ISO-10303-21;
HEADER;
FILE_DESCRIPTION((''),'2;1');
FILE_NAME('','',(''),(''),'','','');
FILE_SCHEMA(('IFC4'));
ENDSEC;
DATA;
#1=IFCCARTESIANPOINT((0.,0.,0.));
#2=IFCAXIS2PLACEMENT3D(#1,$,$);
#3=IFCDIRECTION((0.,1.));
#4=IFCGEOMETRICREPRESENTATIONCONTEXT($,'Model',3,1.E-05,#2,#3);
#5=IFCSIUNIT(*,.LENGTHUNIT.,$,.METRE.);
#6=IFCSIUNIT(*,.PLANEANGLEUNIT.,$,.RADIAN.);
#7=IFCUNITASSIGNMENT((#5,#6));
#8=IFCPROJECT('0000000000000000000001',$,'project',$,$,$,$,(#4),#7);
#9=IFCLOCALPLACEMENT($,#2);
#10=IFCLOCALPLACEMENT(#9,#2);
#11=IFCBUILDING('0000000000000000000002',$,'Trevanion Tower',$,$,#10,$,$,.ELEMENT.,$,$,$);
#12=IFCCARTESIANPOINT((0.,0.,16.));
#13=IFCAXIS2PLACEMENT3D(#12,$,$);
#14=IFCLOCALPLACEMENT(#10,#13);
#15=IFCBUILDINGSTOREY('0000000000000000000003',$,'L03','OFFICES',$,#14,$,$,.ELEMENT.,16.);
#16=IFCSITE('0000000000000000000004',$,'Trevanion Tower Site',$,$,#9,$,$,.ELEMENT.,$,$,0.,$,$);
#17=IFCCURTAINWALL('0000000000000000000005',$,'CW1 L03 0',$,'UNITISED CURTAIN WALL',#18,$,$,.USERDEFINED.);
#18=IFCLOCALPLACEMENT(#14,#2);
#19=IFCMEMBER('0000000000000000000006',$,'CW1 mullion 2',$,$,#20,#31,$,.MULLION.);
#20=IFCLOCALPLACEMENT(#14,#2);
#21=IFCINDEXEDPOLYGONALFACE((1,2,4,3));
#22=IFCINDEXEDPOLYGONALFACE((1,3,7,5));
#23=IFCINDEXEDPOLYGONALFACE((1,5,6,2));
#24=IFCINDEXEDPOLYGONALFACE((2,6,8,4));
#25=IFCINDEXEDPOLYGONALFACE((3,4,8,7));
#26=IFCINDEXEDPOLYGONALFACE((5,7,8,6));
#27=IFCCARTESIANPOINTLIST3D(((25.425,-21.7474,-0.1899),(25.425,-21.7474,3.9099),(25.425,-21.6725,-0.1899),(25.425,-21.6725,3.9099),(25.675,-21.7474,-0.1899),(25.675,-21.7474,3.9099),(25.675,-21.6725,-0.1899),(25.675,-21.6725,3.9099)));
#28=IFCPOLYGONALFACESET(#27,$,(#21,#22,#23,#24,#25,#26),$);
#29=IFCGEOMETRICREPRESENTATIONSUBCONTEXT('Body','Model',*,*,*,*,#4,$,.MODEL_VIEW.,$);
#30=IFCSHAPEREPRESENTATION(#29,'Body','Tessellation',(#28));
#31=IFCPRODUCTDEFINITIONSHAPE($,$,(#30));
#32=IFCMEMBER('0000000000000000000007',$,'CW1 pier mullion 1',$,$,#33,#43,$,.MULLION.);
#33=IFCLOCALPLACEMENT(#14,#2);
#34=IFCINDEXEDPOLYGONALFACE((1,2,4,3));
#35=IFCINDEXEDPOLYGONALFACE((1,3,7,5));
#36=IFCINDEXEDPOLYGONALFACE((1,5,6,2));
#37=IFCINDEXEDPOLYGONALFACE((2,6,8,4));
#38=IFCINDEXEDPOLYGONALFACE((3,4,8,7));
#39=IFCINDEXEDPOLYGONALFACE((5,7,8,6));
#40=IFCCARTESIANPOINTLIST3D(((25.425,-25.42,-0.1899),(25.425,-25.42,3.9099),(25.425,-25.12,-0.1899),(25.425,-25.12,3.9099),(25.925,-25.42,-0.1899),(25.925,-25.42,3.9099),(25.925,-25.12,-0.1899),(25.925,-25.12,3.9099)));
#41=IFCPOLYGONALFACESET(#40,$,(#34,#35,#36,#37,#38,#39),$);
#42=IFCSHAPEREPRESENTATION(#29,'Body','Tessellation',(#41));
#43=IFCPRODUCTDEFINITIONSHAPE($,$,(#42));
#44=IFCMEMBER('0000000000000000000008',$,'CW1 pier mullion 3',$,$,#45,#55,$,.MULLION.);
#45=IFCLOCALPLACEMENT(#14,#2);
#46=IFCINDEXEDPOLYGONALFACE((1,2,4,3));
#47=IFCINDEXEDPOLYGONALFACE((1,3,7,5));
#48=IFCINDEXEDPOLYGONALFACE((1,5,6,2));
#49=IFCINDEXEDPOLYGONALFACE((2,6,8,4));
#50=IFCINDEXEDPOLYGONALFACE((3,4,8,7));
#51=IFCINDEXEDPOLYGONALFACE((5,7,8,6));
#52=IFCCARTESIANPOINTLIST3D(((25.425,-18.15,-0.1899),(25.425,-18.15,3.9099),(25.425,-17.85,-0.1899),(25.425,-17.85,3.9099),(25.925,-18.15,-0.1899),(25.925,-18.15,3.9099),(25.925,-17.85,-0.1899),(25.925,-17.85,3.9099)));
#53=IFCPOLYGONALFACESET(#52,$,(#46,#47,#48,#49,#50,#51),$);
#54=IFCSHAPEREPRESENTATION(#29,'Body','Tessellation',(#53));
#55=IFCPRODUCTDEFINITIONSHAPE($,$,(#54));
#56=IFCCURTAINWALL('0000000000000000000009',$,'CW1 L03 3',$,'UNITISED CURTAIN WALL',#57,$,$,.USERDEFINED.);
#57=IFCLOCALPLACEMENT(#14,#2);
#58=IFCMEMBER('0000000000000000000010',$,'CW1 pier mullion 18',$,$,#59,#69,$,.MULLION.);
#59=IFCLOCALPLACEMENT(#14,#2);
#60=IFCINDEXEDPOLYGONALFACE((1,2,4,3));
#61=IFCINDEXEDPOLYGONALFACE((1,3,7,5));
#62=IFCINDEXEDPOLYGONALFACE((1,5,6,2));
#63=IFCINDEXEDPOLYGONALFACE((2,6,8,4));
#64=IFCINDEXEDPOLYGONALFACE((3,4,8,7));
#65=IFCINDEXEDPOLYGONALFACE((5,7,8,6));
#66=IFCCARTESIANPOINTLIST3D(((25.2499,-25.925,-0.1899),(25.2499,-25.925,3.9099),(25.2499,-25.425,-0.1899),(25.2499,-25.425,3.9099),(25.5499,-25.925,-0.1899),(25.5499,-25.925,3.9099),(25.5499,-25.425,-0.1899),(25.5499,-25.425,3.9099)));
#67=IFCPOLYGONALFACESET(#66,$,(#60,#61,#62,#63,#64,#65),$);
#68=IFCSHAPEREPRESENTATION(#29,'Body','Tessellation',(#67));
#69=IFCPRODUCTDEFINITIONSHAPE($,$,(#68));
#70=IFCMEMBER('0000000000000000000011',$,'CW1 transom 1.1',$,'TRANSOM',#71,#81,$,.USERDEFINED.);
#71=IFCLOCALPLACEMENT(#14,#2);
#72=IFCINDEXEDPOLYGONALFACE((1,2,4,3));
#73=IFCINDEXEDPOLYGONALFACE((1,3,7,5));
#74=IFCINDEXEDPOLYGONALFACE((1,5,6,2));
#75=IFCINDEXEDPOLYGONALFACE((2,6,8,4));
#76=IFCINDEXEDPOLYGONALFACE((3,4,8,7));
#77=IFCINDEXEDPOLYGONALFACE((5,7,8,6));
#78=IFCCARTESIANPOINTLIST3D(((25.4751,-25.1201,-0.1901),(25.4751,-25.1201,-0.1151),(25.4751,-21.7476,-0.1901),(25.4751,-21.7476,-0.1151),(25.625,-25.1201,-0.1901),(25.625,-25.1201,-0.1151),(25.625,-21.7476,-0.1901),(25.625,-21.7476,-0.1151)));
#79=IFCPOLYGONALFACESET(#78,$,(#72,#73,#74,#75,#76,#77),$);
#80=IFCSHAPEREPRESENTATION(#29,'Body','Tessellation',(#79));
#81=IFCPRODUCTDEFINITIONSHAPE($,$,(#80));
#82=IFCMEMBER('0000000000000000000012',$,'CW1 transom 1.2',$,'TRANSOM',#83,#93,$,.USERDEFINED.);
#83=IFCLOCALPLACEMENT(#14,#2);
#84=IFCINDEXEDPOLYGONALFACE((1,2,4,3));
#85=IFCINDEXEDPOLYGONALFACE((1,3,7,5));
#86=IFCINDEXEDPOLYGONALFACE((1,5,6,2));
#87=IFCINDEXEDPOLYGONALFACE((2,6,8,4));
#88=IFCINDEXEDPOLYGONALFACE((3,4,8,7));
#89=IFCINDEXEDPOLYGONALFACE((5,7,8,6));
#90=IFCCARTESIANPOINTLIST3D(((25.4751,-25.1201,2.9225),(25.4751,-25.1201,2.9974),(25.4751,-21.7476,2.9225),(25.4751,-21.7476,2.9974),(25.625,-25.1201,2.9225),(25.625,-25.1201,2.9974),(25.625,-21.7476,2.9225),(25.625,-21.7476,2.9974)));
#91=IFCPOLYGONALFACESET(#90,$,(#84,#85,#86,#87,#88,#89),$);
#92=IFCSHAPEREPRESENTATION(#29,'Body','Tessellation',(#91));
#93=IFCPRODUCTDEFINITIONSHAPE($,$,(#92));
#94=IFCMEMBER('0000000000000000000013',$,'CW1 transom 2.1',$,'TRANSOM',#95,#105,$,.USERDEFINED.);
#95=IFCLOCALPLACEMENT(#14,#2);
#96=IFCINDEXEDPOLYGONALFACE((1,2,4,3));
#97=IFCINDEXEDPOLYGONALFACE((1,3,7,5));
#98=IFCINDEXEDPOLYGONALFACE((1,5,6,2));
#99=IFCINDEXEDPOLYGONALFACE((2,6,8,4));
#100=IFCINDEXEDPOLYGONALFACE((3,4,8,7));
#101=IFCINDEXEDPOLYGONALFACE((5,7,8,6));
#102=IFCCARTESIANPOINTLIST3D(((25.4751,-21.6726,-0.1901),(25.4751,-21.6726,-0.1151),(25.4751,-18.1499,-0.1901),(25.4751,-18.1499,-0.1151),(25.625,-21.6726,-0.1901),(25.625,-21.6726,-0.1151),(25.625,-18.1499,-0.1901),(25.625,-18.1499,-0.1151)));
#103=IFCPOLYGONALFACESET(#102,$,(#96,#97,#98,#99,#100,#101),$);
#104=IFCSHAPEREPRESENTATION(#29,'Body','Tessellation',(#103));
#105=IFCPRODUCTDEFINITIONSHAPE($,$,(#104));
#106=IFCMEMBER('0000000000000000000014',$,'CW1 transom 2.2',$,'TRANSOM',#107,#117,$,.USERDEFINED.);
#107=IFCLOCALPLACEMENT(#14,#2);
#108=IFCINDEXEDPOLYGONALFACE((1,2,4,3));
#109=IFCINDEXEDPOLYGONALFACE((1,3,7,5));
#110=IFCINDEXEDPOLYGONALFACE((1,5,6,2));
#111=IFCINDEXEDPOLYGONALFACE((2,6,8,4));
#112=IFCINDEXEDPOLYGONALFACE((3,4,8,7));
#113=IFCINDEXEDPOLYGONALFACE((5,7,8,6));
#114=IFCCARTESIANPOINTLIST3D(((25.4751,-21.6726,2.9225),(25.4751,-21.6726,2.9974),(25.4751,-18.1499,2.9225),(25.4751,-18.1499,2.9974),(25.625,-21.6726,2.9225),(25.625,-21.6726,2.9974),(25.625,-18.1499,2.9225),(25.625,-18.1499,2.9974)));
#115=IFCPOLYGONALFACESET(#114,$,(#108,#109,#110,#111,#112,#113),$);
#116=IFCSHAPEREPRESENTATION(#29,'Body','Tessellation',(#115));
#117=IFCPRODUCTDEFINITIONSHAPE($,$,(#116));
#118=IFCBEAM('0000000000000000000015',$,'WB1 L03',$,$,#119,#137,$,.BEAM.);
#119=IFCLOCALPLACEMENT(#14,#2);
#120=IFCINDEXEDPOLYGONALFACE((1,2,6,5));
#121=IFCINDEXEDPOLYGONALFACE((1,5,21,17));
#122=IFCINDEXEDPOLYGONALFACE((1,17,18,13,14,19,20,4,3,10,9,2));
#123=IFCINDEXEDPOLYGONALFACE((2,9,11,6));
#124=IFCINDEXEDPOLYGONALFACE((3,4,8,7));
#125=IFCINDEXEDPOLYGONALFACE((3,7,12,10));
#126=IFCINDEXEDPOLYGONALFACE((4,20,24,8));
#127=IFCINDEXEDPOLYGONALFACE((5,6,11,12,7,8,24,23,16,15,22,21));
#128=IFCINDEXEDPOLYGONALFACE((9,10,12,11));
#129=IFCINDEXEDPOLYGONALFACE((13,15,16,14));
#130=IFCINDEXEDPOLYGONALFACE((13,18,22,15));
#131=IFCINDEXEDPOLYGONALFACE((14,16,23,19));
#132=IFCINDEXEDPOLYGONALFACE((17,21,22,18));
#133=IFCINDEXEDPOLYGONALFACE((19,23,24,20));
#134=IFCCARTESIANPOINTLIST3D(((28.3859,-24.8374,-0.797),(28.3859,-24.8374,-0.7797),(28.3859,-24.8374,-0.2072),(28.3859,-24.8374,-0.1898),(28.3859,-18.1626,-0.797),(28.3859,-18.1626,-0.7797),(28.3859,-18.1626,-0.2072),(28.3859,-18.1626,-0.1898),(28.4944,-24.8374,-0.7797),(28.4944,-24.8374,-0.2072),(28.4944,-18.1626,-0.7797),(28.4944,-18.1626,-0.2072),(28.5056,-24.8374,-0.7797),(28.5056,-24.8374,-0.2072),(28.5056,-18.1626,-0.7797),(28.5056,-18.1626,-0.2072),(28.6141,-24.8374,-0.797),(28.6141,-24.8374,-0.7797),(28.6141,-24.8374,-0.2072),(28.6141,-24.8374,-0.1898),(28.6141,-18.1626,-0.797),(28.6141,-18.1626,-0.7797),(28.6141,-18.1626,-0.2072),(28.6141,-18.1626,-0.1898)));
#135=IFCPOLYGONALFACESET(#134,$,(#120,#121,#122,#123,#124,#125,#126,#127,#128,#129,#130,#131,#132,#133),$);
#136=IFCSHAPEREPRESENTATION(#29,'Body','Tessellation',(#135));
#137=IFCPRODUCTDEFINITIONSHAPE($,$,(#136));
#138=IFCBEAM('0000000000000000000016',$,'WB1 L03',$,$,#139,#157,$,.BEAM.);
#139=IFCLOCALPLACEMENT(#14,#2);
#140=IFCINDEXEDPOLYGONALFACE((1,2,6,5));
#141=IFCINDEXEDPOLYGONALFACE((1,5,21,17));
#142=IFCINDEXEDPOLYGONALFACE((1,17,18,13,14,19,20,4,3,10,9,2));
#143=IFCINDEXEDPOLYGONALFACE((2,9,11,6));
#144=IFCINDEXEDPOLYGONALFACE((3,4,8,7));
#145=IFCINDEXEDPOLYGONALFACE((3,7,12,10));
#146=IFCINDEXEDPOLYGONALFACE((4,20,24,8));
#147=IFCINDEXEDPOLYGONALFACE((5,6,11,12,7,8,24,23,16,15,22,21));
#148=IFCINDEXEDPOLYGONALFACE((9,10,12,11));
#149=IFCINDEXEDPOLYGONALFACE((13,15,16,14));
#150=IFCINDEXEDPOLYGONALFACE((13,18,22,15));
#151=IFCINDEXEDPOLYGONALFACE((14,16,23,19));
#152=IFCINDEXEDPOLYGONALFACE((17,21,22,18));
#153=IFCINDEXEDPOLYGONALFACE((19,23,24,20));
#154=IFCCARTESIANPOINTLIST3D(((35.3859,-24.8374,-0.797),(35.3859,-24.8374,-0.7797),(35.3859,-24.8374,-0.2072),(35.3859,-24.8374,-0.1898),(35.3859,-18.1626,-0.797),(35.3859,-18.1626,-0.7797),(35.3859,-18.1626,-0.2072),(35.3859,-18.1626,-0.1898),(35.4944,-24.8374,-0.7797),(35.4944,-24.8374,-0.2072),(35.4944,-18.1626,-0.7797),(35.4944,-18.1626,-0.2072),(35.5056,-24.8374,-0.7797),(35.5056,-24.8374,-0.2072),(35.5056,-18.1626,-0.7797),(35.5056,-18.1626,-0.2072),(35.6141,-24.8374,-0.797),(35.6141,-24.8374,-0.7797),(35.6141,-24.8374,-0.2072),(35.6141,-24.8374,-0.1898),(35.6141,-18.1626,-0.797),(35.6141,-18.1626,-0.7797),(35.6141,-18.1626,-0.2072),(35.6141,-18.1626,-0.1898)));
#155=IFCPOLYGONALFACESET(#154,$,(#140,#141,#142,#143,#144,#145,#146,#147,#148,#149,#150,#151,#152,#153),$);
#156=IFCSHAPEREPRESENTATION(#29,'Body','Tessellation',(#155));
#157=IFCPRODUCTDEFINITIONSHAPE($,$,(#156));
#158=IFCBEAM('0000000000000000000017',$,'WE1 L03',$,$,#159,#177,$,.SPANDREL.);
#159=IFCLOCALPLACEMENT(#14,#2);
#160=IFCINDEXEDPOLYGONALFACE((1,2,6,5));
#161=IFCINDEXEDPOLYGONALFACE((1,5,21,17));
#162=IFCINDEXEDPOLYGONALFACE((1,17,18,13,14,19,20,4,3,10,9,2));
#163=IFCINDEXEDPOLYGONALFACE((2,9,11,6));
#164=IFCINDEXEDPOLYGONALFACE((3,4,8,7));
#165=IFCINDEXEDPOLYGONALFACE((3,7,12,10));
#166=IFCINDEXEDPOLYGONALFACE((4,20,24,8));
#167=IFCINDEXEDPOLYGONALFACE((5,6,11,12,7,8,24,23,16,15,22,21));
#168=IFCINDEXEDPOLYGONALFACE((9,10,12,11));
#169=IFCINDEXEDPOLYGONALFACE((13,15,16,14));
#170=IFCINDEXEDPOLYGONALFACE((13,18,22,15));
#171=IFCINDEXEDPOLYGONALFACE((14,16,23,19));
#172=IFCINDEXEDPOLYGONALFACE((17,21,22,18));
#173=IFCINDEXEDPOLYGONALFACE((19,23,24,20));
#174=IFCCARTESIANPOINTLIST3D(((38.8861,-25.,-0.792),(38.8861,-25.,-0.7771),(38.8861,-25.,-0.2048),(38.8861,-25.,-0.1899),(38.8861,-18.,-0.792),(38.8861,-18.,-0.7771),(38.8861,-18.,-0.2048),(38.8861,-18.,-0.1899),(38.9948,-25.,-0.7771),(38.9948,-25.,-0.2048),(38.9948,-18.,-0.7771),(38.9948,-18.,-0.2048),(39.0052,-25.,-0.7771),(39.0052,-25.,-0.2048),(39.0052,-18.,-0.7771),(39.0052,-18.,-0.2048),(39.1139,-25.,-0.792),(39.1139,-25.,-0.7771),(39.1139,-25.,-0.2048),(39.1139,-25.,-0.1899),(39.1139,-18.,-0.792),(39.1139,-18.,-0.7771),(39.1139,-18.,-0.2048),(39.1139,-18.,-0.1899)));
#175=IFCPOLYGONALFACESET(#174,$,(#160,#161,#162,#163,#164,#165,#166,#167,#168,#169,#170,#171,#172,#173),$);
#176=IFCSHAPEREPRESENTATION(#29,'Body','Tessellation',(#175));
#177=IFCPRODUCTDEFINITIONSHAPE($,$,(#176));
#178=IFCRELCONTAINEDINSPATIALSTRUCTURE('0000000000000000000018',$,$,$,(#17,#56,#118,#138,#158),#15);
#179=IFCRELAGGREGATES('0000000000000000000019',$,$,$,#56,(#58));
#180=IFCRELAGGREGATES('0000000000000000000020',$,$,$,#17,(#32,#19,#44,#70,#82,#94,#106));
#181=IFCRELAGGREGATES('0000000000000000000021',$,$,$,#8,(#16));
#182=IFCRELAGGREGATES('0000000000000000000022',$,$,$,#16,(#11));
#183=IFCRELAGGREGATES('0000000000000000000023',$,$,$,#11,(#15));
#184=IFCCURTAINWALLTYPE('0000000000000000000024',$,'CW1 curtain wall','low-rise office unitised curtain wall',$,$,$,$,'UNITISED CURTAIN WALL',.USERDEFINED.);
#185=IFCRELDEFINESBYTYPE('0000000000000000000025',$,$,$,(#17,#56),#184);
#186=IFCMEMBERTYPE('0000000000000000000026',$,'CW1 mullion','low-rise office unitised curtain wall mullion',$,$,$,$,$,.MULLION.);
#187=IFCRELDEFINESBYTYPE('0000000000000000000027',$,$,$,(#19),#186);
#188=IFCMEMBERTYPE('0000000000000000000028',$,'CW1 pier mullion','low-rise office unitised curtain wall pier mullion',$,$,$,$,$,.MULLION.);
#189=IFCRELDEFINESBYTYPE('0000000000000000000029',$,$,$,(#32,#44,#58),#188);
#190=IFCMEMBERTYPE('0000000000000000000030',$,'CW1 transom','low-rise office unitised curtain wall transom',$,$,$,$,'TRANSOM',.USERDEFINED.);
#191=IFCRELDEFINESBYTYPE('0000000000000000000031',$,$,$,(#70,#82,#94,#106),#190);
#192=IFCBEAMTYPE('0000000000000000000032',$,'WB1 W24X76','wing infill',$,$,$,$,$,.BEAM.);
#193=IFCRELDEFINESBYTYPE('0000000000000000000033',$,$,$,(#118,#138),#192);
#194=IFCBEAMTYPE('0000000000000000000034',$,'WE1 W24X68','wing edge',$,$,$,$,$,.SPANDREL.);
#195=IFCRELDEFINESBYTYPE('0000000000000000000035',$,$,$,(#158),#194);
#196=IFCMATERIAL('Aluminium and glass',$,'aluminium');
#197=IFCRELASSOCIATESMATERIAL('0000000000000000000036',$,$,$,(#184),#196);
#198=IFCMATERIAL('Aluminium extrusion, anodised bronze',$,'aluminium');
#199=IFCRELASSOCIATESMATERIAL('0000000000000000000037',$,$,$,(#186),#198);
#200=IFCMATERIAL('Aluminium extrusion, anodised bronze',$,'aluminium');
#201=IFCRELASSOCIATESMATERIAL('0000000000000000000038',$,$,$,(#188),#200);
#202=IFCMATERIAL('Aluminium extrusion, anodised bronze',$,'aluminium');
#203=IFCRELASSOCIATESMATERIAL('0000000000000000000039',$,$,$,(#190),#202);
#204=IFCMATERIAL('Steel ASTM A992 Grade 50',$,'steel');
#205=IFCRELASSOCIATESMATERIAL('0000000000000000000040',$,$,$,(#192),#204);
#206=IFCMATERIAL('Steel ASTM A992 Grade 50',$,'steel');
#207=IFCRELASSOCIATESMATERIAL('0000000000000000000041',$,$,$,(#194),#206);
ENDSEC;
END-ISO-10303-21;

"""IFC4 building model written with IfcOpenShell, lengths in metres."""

from ifc_helpers import new_model, si_unit, direction, frame, origin, origin_2d, place, context, subcontext, project, spatial, rectangle, i_section, extrude, material, material_profile, profile_set, type_object, element, aggregate, save


model = new_model("IFC4")

# Units and contexts
model_context = context("Model", 3, precision=1e-05, world=origin(), true_north=direction((0.0, 1.0)))
body_context = subcontext(model_context, "Body", "Model", "MODEL_VIEW")
ifc_project = project(units=[si_unit("LENGTHUNIT", "METRE"), si_unit("PLANEANGLEUNIT", "RADIAN")], contexts=[model_context])

# Site, building, storey
site_placement = place(None, origin())
site = spatial("IfcSite", under=ifc_project, at=site_placement, Name="Trevanion Tower Site", CompositionType="ELEMENT", RefElevation=0.0)
building_placement = place(site_placement, origin())
building = spatial("IfcBuilding", under=site, at=building_placement, Name="Trevanion Tower", CompositionType="ELEMENT")
storey_placement = place(building_placement, frame((0.0, 0.0, 16.0)))
storey = spatial("IfcBuildingStorey", under=building, at=storey_placement, Name="L03", Description="OFFICES", CompositionType="ELEMENT", Elevation=16.0)

# Curtain wall, members
ifc_material_1 = material(Name="Aluminium and glass", Category="aluminium")
curtain_wall_type = type_object("IfcCurtainWallType", Name="CW1 curtain wall", Description="low-rise office unitised curtain wall", ElementType="UNITISED CURTAIN WALL", PredefinedType="USERDEFINED", material=ifc_material_1)
curtain_wall_1_placement = place(storey_placement, origin())
curtain_wall_1 = element("IfcCurtainWall", 1, at=curtain_wall_1_placement, inside=storey, type_object=curtain_wall_type, Name="CW1 L03 0", ObjectType="UNITISED CURTAIN WALL", PredefinedType="USERDEFINED")
ifc_material_2 = material(Name="Aluminium extrusion, anodised bronze", Category="aluminium")
ifc_material_profile_1 = material_profile(ifc_material_2, rectangle(XDim=0.075, YDim=0.25, at=origin_2d()), Name="CW1 mullion")
ifc_profile_set_1 = profile_set([ifc_material_profile_1], Name="Aluminium extrusion, anodised bronze")
member_type_1 = type_object("IfcMemberType", Name="CW1 mullion", Description="low-rise office unitised curtain wall mullion", PredefinedType="MULLION", material=ifc_profile_set_1)
member_1_placement = place(storey_placement, frame((25.55, -21.71, -0.1899), z_axis=(0.0, 0.0, 1.0), x_axis=(0.0, 1.0, 0.0)))
member_1 = element("IfcMember", 2, at=member_1_placement, type_object=member_type_1, Name="CW1 mullion 2", PredefinedType="MULLION", context=body_context, shape_type="SweptSolid", body=[
    extrude(rectangle(XDim=0.075, YDim=0.25, at=origin_2d()), origin(), (0.0, 0.0, 1.0), 4.0999),
])
ifc_material_3 = material(Name="Aluminium extrusion, anodised bronze", Category="aluminium")
ifc_material_profile_2 = material_profile(ifc_material_3, rectangle(XDim=0.3, YDim=0.5, at=origin_2d()), Name="CW1 pier mullion")
ifc_profile_set_2 = profile_set([ifc_material_profile_2], Name="Aluminium extrusion, anodised bronze")
member_type_2 = type_object("IfcMemberType", Name="CW1 pier mullion", Description="low-rise office unitised curtain wall pier mullion", PredefinedType="MULLION", material=ifc_profile_set_2)
member_2_placement = place(storey_placement, frame((25.675, -25.27, -0.1899), z_axis=(0.0, 0.0, 1.0), x_axis=(0.0, 1.0, 0.0)))
member_2 = element("IfcMember", 3, at=member_2_placement, type_object=member_type_2, Name="CW1 pier mullion 1", PredefinedType="MULLION", context=body_context, shape_type="SweptSolid", body=[
    extrude(rectangle(XDim=0.3, YDim=0.5, at=origin_2d()), origin(), (0.0, 0.0, 1.0), 4.0999),
])
member_3_placement = place(storey_placement, frame((25.675, -18.0, -0.1899), z_axis=(0.0, 0.0, 1.0), x_axis=(0.0, 1.0, 0.0)))
member_3 = element("IfcMember", 4, at=member_3_placement, type_object=member_type_2, Name="CW1 pier mullion 3", PredefinedType="MULLION", context=body_context, shape_type="SweptSolid", body=[
    extrude(rectangle(XDim=0.3, YDim=0.5, at=origin_2d()), origin(), (0.0, 0.0, 1.0), 4.0999),
])

# Curtain wall, member
curtain_wall_2_placement = place(storey_placement, origin())
curtain_wall_2 = element("IfcCurtainWall", 5, at=curtain_wall_2_placement, inside=storey, type_object=curtain_wall_type, Name="CW1 L03 3", ObjectType="UNITISED CURTAIN WALL", PredefinedType="USERDEFINED")
member_4_placement = place(storey_placement, frame((25.3999, -25.675, -0.1899), z_axis=(0.0, 0.0, 1.0), x_axis=(1.0, 0.0, 0.0)))
member_4 = element("IfcMember", 6, at=member_4_placement, type_object=member_type_2, Name="CW1 pier mullion 18", PredefinedType="MULLION", context=body_context, shape_type="SweptSolid", body=[
    extrude(rectangle(XDim=0.3, YDim=0.5, at=origin_2d()), origin(), (0.0, 0.0, 1.0), 4.0999),
])
aggregate(curtain_wall_2, [member_4])

# Members
ifc_material_4 = material(Name="Aluminium extrusion, anodised bronze", Category="aluminium")
ifc_material_profile_3 = material_profile(ifc_material_4, rectangle(XDim=0.1499, YDim=0.075, at=origin_2d()), Name="CW1 transom")
ifc_profile_set_3 = profile_set([ifc_material_profile_3], Name="Aluminium extrusion, anodised bronze")
member_type_3 = type_object("IfcMemberType", Name="CW1 transom", Description="low-rise office unitised curtain wall transom", ElementType="TRANSOM", PredefinedType="USERDEFINED", material=ifc_profile_set_3)
member_5_placement = place(storey_placement, frame((25.55, -25.1201, -0.1526), z_axis=(0.0, 1.0, 0.0), x_axis=(-1.0, 0.0, 0.0)))
member_5 = element("IfcMember", 7, at=member_5_placement, type_object=member_type_3, Name="CW1 transom 1.1", ObjectType="TRANSOM", PredefinedType="USERDEFINED", context=body_context, shape_type="SweptSolid", body=[
    extrude(rectangle(XDim=0.1499, YDim=0.075, at=origin_2d()), origin(), (0.0, 0.0, 1.0), 3.3726),
])
member_6_placement = place(storey_placement, frame((25.55, -25.1201, 2.96), z_axis=(0.0, 1.0, 0.0), x_axis=(-1.0, 0.0, 0.0)))
member_6 = element("IfcMember", 8, at=member_6_placement, type_object=member_type_3, Name="CW1 transom 1.2", ObjectType="TRANSOM", PredefinedType="USERDEFINED", context=body_context, shape_type="SweptSolid", body=[
    extrude(rectangle(XDim=0.1499, YDim=0.075, at=origin_2d()), origin(), (0.0, 0.0, 1.0), 3.3726),
])
member_7_placement = place(storey_placement, frame((25.55, -21.6726, -0.1526), z_axis=(0.0, 1.0, 0.0), x_axis=(-1.0, 0.0, 0.0)))
member_7 = element("IfcMember", 9, at=member_7_placement, type_object=member_type_3, Name="CW1 transom 2.1", ObjectType="TRANSOM", PredefinedType="USERDEFINED", context=body_context, shape_type="SweptSolid", body=[
    extrude(rectangle(XDim=0.1499, YDim=0.075, at=origin_2d()), origin(), (0.0, 0.0, 1.0), 3.5227),
])
member_8_placement = place(storey_placement, frame((25.55, -21.6726, 2.96), z_axis=(0.0, 1.0, 0.0), x_axis=(-1.0, 0.0, 0.0)))
member_8 = element("IfcMember", 10, at=member_8_placement, type_object=member_type_3, Name="CW1 transom 2.2", ObjectType="TRANSOM", PredefinedType="USERDEFINED", context=body_context, shape_type="SweptSolid", body=[
    extrude(rectangle(XDim=0.1499, YDim=0.075, at=origin_2d()), origin(), (0.0, 0.0, 1.0), 3.5227),
])

# Beams
ifc_material_5 = material(Name="Steel ASTM A992 Grade 50", Category="steel")
ifc_material_profile_4 = material_profile(ifc_material_5, i_section(OverallWidth=0.2283, OverallDepth=0.6072, WebThickness=0.0112, FlangeThickness=0.0173, at=origin_2d()), Name="W24X76")
ifc_profile_set_4 = profile_set([ifc_material_profile_4], Name="Steel ASTM A992 Grade 50")
beam_type_1 = type_object("IfcBeamType", Name="WB1 W24X76", Description="wing infill", PredefinedType="BEAM", material=ifc_profile_set_4)
for number, where, z_axis, x_axis, name in (
    (11, (28.5, -24.8374, -0.4934), (0.0, 1.0, 0.0), (-1.0, 0.0, 0.0), "WB1 L03"),
    (12, (35.5, -24.8374, -0.4934), (0.0, 1.0, 0.0), (-1.0, 0.0, 0.0), "WB1 L03"),
):
    element("IfcBeam", number, at=place(storey_placement, frame(where, z_axis=z_axis, x_axis=x_axis)), inside=storey, type_object=beam_type_1, Name=name, PredefinedType="BEAM", context=body_context, shape_type="SweptSolid", body=[
        extrude(i_section(OverallWidth=0.2283, OverallDepth=0.6072, WebThickness=0.0112, FlangeThickness=0.0173, at=origin_2d()), origin(), (0.0, 0.0, 1.0), 6.6748),
    ])
ifc_material_6 = material(Name="Steel ASTM A992 Grade 50", Category="steel")
ifc_material_profile_5 = material_profile(ifc_material_6, i_section(OverallWidth=0.2278, OverallDepth=0.6021, WebThickness=0.0105, FlangeThickness=0.0149, at=origin_2d()), Name="W24X68")
ifc_profile_set_5 = profile_set([ifc_material_profile_5], Name="Steel ASTM A992 Grade 50")
beam_type_2 = type_object("IfcBeamType", Name="WE1 W24X68", Description="wing edge", PredefinedType="SPANDREL", material=ifc_profile_set_5)
beam_placement = place(storey_placement, frame((39.0, -25.0, -0.491), z_axis=(0.0, 1.0, 0.0), x_axis=(-1.0, 0.0, 0.0)))
element("IfcBeam", 13, at=beam_placement, inside=storey, type_object=beam_type_2, Name="WE1 L03", PredefinedType="SPANDREL", context=body_context, shape_type="SweptSolid", body=[
    extrude(i_section(OverallWidth=0.2278, OverallDepth=0.6021, WebThickness=0.0105, FlangeThickness=0.0149, at=origin_2d()), origin(), (0.0, 0.0, 1.0), 7.0),
])

aggregate(curtain_wall_1, [member_2, member_1, member_3, member_5, member_6, member_7, member_8])

save(model, "model.ifc")
